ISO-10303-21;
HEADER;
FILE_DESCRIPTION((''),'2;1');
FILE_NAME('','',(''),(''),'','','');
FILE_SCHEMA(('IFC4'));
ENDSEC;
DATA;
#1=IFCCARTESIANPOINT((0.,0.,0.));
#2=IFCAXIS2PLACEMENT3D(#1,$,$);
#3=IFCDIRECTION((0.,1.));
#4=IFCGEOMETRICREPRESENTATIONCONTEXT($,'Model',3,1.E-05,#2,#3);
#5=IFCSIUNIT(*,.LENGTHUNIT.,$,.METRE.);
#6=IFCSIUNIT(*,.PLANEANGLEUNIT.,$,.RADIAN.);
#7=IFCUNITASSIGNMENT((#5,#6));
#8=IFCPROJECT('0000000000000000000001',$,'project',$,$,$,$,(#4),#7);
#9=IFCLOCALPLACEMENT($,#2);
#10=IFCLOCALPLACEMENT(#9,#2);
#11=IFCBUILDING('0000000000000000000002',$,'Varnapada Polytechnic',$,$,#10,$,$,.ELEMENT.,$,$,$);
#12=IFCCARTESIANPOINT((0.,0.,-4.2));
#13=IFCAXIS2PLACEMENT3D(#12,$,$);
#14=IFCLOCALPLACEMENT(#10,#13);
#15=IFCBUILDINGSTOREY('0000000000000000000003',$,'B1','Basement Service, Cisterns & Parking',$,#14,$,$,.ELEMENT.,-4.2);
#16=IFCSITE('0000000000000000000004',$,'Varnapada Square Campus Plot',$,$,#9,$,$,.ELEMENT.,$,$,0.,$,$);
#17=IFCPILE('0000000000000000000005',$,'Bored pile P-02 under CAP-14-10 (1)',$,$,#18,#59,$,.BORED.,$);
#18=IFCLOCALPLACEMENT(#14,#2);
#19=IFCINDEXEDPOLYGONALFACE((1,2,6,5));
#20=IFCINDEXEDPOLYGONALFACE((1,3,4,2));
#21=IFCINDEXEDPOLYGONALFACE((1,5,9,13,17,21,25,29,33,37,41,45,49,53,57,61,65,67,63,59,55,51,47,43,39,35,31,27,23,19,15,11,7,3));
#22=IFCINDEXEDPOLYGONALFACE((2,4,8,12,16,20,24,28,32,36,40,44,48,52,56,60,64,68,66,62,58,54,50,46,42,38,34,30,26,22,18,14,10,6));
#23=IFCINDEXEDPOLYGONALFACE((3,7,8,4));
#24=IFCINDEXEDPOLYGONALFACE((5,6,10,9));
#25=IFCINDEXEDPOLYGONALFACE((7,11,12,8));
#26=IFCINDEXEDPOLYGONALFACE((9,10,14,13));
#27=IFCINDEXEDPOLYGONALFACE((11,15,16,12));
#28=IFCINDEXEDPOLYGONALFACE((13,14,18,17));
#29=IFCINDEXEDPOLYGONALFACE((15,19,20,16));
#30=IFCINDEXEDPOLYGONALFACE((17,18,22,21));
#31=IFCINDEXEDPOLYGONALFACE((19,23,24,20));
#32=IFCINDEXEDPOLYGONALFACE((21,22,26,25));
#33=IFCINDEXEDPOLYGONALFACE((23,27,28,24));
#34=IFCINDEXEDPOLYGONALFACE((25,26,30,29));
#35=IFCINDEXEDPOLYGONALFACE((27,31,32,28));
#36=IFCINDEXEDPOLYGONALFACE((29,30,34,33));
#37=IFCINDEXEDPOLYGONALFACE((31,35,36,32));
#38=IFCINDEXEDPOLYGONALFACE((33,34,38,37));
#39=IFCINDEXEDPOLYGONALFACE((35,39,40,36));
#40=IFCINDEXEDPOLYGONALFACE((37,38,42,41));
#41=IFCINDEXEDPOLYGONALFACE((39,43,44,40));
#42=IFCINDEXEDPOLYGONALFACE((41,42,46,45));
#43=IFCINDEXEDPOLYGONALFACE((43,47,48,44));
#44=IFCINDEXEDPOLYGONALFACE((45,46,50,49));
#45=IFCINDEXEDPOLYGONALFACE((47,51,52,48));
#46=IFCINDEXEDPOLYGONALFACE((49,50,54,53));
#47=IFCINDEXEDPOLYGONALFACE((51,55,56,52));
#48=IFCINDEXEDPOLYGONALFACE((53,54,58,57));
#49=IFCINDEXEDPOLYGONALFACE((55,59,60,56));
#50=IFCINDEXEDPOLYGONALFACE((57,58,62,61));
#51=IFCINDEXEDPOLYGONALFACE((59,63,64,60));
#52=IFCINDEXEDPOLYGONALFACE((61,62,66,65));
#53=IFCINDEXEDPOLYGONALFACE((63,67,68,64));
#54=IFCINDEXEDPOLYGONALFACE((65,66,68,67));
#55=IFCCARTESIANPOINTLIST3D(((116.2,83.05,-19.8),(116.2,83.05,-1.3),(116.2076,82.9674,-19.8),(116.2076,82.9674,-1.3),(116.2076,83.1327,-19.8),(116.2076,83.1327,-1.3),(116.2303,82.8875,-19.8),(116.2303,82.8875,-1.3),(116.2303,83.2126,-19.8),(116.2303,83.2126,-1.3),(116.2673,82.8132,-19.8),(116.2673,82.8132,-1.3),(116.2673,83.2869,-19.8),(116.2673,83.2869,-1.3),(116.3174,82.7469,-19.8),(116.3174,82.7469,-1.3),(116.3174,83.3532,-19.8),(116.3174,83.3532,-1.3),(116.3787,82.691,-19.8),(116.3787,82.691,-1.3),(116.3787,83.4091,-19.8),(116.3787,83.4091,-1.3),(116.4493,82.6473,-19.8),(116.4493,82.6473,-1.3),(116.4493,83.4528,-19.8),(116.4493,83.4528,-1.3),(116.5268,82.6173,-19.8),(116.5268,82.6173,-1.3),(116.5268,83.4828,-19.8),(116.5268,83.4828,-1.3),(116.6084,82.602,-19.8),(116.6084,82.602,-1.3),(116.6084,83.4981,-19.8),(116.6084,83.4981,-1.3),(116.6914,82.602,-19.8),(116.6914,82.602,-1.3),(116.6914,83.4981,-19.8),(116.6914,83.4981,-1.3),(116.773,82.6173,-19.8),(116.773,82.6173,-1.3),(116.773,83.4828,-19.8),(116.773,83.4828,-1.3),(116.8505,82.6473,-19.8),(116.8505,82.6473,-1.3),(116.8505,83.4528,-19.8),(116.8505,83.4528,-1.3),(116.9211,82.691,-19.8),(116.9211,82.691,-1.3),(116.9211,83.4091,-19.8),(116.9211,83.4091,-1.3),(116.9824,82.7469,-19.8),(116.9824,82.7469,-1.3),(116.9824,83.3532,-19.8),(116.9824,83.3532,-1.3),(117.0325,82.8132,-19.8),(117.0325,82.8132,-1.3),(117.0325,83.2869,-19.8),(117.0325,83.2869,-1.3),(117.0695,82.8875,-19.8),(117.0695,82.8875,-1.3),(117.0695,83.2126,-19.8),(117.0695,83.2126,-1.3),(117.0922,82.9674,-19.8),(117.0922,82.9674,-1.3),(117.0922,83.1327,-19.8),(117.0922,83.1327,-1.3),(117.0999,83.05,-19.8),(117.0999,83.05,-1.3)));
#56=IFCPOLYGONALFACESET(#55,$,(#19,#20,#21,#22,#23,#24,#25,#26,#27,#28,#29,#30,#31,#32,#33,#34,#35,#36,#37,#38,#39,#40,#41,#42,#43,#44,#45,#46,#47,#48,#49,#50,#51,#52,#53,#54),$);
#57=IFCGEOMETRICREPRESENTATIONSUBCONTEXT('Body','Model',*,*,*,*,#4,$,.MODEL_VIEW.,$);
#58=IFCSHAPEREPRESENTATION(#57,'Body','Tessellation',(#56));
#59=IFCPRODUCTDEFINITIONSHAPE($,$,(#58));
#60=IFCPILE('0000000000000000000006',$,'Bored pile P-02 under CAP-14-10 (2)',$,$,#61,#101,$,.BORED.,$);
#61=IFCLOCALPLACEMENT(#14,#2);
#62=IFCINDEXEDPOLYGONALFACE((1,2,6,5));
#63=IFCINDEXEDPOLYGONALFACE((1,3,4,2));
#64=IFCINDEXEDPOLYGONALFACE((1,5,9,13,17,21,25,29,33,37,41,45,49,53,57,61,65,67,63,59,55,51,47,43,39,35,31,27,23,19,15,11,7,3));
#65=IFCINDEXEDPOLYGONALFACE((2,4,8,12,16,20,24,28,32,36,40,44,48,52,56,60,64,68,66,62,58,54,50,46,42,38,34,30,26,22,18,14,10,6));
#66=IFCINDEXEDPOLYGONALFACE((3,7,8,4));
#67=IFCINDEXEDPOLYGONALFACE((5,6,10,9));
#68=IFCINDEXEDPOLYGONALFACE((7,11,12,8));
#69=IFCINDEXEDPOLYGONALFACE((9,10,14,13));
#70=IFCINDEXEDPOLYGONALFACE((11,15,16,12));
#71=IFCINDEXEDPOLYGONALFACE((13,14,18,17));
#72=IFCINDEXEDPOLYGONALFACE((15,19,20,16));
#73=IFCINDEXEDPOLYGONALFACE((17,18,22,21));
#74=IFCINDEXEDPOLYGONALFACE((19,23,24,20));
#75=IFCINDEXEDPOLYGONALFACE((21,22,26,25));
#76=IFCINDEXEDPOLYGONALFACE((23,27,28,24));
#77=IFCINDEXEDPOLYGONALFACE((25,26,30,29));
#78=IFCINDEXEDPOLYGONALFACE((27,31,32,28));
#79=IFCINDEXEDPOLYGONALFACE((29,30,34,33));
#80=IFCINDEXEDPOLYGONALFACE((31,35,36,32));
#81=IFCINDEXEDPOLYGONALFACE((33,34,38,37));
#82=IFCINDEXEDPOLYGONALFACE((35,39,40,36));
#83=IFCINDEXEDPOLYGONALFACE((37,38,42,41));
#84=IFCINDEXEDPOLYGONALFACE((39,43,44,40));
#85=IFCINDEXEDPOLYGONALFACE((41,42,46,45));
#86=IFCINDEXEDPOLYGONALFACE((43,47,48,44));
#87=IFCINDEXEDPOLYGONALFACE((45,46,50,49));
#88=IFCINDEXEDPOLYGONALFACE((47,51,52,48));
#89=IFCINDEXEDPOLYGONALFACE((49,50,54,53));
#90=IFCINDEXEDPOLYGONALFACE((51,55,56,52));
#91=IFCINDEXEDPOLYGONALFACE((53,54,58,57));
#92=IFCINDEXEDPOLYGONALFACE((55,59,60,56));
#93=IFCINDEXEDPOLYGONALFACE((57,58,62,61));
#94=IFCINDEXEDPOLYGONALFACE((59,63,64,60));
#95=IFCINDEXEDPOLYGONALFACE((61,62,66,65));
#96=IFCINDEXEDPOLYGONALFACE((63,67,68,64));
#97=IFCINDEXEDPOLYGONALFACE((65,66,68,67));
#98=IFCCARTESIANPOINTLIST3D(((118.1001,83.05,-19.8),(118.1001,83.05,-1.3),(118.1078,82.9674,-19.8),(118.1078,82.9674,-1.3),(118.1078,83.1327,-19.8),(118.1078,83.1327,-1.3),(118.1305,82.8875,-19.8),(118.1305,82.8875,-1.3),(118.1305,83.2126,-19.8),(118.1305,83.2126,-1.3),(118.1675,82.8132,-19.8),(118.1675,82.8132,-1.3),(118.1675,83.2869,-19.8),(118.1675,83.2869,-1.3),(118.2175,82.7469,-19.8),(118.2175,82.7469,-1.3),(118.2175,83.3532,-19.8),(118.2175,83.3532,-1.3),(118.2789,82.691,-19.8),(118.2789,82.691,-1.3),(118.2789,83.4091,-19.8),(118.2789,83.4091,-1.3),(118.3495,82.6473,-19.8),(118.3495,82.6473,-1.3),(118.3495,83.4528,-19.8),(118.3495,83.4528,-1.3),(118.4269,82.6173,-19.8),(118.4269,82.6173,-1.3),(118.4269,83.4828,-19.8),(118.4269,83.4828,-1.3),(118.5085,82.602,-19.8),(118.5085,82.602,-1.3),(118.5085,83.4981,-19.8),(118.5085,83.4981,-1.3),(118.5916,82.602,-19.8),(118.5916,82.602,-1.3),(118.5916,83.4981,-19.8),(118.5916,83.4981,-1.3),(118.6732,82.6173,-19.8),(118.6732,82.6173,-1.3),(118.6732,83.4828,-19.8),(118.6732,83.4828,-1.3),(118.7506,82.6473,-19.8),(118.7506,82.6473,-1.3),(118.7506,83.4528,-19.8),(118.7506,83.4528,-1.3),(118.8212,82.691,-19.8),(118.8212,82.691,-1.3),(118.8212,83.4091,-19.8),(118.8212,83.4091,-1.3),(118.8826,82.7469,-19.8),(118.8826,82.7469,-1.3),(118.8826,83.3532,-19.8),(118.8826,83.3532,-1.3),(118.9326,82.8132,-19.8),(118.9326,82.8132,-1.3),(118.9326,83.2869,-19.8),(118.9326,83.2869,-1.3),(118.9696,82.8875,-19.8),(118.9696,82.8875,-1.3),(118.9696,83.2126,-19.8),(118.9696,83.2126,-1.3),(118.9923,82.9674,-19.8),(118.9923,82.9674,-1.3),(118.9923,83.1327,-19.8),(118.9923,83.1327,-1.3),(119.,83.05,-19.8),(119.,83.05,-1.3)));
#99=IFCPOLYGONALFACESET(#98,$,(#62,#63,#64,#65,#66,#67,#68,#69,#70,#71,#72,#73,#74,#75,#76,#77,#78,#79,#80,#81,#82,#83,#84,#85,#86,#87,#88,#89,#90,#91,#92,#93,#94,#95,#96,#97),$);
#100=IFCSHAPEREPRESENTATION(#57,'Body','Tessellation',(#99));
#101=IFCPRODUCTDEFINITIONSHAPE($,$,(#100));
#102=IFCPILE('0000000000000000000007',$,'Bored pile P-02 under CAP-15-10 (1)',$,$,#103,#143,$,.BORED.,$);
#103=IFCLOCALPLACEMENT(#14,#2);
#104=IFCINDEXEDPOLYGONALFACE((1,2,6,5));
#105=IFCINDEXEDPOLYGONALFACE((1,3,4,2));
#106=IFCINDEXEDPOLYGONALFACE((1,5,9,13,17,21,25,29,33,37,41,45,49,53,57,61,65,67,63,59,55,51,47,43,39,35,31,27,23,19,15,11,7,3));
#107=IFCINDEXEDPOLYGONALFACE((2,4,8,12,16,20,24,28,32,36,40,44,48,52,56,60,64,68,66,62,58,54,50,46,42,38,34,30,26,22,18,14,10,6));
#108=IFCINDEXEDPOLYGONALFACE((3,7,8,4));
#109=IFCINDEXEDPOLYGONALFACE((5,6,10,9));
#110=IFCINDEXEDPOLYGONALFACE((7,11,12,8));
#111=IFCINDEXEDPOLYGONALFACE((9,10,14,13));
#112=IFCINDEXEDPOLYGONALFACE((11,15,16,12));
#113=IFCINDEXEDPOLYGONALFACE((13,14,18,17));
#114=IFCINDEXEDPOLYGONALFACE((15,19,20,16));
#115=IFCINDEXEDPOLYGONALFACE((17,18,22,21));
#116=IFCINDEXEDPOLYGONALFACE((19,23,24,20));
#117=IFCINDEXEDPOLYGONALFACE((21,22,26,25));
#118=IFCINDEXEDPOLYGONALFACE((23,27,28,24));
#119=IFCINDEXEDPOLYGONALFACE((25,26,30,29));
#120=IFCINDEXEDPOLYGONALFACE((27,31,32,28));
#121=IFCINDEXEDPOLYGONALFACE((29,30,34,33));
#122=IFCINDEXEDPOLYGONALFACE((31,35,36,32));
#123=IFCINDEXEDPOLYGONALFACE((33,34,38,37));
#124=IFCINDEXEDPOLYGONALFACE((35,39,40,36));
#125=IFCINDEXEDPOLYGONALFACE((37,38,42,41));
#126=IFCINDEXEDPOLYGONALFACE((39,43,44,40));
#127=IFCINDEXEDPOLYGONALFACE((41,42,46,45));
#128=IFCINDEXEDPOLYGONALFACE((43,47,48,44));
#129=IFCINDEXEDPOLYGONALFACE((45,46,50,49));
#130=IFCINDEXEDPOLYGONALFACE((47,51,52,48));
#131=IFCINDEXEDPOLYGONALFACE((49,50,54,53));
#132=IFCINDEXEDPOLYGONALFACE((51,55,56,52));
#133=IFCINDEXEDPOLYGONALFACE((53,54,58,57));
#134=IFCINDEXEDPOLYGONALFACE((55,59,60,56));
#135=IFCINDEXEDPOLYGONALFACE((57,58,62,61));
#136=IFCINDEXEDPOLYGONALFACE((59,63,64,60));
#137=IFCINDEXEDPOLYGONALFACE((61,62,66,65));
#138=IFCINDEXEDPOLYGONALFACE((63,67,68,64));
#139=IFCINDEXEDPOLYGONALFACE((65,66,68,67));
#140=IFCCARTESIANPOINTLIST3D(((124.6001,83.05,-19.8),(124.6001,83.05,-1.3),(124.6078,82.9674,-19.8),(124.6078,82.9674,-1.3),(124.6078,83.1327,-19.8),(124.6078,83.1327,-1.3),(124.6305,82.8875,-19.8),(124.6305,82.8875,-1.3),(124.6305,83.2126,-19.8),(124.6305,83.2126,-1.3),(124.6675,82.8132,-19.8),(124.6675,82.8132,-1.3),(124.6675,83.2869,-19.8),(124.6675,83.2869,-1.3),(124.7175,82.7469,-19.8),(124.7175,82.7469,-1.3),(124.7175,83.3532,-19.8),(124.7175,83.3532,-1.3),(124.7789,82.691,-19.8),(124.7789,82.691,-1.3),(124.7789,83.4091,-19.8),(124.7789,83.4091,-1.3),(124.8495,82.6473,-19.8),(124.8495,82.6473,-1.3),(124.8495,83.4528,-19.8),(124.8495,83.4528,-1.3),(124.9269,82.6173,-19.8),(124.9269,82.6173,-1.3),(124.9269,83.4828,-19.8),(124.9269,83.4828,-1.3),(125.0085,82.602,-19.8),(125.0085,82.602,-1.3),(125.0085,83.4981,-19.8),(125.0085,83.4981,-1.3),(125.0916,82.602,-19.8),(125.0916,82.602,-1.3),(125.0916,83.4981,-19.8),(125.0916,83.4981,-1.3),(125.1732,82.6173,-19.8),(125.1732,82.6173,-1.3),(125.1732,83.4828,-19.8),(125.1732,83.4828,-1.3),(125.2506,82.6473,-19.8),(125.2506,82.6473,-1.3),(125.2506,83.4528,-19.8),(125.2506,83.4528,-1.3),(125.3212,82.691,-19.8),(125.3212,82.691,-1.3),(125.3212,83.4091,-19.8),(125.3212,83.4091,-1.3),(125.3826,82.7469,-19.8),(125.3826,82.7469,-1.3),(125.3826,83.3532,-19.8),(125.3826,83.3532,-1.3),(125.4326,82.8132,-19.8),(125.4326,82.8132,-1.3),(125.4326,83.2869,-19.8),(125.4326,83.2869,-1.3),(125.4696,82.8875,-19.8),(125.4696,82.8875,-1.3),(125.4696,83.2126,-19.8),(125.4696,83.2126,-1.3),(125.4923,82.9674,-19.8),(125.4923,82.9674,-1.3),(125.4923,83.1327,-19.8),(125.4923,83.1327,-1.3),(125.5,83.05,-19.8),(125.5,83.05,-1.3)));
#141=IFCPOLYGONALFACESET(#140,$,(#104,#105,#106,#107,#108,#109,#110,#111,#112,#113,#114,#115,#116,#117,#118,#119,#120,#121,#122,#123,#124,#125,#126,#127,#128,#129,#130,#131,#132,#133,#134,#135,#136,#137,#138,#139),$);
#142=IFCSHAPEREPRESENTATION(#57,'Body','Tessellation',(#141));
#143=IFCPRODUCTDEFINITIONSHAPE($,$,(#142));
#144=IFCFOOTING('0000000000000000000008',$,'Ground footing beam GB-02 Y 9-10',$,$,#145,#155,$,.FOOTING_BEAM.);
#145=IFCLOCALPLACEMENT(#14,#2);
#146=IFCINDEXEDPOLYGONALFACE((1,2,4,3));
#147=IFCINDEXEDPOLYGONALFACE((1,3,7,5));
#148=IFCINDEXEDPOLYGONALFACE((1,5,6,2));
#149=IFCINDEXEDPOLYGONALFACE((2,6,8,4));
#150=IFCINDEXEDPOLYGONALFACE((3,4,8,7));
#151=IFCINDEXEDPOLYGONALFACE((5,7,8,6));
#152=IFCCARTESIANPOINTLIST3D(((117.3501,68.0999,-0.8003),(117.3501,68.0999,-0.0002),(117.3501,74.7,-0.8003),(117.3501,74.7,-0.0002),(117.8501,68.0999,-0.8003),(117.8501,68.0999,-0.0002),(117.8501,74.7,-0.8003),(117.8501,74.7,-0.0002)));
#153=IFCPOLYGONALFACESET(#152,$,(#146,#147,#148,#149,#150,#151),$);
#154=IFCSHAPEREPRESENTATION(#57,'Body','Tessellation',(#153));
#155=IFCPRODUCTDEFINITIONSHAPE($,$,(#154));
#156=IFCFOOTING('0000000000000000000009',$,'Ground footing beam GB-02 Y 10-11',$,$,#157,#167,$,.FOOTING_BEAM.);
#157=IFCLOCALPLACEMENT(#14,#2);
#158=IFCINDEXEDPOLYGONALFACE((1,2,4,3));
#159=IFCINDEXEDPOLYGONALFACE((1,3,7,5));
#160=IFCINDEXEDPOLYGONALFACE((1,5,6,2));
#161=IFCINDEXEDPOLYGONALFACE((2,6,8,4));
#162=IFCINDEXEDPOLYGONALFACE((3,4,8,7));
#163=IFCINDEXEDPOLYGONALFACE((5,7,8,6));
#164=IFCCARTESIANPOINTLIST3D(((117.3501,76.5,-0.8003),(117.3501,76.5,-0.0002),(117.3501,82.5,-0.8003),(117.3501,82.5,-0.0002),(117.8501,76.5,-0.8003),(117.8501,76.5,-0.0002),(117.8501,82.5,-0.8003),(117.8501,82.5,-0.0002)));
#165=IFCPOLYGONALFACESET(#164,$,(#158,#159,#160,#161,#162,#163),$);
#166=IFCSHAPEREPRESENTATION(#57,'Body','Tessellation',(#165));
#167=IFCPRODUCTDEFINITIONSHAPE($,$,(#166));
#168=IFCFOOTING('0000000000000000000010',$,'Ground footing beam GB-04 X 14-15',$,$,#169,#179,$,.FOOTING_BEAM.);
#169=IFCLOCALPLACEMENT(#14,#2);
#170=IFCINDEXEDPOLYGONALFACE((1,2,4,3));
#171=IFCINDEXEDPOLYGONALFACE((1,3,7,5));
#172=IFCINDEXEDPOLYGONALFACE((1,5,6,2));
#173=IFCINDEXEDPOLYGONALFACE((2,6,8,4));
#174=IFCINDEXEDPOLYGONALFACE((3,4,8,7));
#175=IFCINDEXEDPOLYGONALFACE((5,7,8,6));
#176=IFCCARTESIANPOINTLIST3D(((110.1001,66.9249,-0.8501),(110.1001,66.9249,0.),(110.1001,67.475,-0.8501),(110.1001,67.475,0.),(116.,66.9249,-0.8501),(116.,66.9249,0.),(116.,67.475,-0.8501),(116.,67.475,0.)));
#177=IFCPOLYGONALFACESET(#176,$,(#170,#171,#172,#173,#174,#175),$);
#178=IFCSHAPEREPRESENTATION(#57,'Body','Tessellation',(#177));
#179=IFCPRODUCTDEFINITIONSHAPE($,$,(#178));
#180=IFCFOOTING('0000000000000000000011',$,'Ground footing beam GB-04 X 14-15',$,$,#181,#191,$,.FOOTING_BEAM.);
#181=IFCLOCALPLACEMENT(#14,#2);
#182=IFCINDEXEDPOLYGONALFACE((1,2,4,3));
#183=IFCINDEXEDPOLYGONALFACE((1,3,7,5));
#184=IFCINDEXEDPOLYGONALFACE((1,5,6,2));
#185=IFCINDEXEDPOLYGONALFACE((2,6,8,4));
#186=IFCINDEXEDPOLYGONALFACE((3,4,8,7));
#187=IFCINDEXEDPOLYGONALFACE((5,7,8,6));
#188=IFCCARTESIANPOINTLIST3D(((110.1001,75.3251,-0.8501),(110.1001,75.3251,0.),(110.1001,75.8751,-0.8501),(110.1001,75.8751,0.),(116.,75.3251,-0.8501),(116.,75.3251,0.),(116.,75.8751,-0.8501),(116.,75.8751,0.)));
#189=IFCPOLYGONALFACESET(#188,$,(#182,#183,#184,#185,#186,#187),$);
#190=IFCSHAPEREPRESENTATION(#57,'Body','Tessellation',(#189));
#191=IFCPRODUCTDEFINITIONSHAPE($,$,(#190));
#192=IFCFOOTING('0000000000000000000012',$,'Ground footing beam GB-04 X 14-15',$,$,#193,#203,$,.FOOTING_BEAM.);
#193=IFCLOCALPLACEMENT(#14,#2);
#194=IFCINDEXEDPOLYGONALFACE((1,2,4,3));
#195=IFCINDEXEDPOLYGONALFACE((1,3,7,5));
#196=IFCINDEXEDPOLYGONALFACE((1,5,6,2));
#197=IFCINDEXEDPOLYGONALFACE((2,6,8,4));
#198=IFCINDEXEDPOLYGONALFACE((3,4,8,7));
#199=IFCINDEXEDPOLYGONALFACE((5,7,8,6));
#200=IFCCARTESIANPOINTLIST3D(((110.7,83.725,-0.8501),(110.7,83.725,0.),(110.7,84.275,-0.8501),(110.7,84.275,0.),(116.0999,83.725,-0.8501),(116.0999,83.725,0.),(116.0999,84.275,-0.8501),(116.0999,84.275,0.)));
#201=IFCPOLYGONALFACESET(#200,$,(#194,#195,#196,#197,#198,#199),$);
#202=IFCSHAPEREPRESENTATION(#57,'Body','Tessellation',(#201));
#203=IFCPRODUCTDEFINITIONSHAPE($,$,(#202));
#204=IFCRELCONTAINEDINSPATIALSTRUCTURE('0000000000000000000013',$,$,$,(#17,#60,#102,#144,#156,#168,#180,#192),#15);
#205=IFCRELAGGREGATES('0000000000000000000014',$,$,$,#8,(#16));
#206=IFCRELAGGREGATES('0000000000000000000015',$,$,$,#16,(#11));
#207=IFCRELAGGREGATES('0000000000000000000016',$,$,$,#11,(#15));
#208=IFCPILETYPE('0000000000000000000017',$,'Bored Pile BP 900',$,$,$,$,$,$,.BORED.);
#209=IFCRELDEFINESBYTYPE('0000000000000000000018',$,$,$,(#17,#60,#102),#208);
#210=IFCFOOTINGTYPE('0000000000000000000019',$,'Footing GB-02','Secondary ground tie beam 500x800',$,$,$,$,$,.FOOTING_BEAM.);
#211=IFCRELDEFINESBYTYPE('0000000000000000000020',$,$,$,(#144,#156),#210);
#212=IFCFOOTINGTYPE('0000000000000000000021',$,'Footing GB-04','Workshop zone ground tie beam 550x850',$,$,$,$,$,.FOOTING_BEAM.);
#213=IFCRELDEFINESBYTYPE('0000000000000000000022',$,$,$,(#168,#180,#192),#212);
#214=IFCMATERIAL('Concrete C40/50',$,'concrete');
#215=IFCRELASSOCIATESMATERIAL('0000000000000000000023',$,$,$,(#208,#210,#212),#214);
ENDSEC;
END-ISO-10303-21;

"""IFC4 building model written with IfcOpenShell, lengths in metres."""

from ifc_helpers import new_model, si_unit, direction, frame, origin, origin_2d, place, context, subcontext, project, spatial, rectangle, circle, extrude, material, material_profile, profile_set, type_object, element, save


model = new_model("IFC4")

# Units and contexts
model_context = context("Model", 3, precision=1e-05, world=origin(), true_north=direction((0.0, 1.0)))
body_context = subcontext(model_context, "Body", "Model", "MODEL_VIEW")
ifc_project = project(units=[si_unit("LENGTHUNIT", "METRE"), si_unit("PLANEANGLEUNIT", "RADIAN")], contexts=[model_context])

# Site, building, storey
site_placement = place(None, origin())
site = spatial("IfcSite", under=ifc_project, at=site_placement, Name="Varnapada Square Campus Plot", CompositionType="ELEMENT", RefElevation=0.0)
building_placement = place(site_placement, origin())
building = spatial("IfcBuilding", under=site, at=building_placement, Name="Varnapada Polytechnic", CompositionType="ELEMENT")
storey_placement = place(building_placement, frame((0.0, 0.0, -4.2)))
storey = spatial("IfcBuildingStorey", under=building, at=storey_placement, Name="B1", Description="Basement Service, Cisterns & Parking", CompositionType="ELEMENT", Elevation=-4.2)

# Piles
ifc_material = material(Name="Concrete C40/50", Category="concrete")
ifc_material_profile_1 = material_profile(ifc_material, circle(Radius=0.45, at=origin_2d()), Name="BP 900")
ifc_profile_set_1 = profile_set([ifc_material_profile_1], Name="Concrete C40/50")
pile_type_1 = type_object("IfcPileType", Name="Bored Pile BP 900", PredefinedType="BORED", material=ifc_profile_set_1)
for number, where, z_axis, x_axis, name in (
    (1, (116.6499, 83.05, -1.3), (0.0, 0.0, -1.0), (1.0, 0.0, 0.0), "Bored pile P-02 under CAP-14-10 (1)"),
    (2, (118.55, 83.05, -1.3), (0.0, 0.0, -1.0), (1.0, 0.0, 0.0), "Bored pile P-02 under CAP-14-10 (2)"),
    (3, (125.05, 83.05, -1.3), (0.0, 0.0, -1.0), (1.0, 0.0, 0.0), "Bored pile P-02 under CAP-15-10 (1)"),
):
    element("IfcPile", number, at=place(storey_placement, frame(where, z_axis=z_axis, x_axis=x_axis)), inside=storey, type_object=pile_type_1, Name=name, PredefinedType="BORED", context=body_context, shape_type="SweptSolid", body=[
        extrude(circle(Radius=0.45, at=origin_2d()), origin(), (0.0, 0.0, 1.0), 18.5),
    ])

# Footings
footing_type_1 = type_object("IfcFootingType", Name="Footing GB-02", Description="Secondary ground tie beam 500x800", PredefinedType="FOOTING_BEAM", material=ifc_material)
footing_1_placement = place(storey_placement, frame((117.6001, 71.3999, -0.8003), z_axis=(0.0, 0.0, 1.0), x_axis=(0.0, 1.0, 0.0)))
element("IfcFooting", 4, at=footing_1_placement, inside=storey, type_object=footing_type_1, Name="Ground footing beam GB-02 Y 9-10", PredefinedType="FOOTING_BEAM", context=body_context, shape_type="SweptSolid", body=[
    extrude(rectangle(XDim=6.6001, YDim=0.5, at=origin_2d()), origin(), (0.0, 0.0, 1.0), 0.8),
])
footing_2_placement = place(storey_placement, frame((117.6001, 79.5, -0.8003), z_axis=(0.0, 0.0, 1.0), x_axis=(0.0, 1.0, 0.0)))
element("IfcFooting", 5, at=footing_2_placement, inside=storey, type_object=footing_type_1, Name="Ground footing beam GB-02 Y 10-11", PredefinedType="FOOTING_BEAM", context=body_context, shape_type="SweptSolid", body=[
    extrude(rectangle(XDim=6.0, YDim=0.5, at=origin_2d()), origin(), (0.0, 0.0, 1.0), 0.8),
])
footing_type_2 = type_object("IfcFootingType", Name="Footing GB-04", Description="Workshop zone ground tie beam 550x850", PredefinedType="FOOTING_BEAM", material=ifc_material)
for number, where, z_axis, x_axis, name in (
    (6, (113.05, 67.2, -0.8501), (0.0, 0.0, 1.0), (1.0, 0.0, 0.0), "Ground footing beam GB-04 X 14-15"),
    (7, (113.05, 75.6001, -0.8501), (0.0, 0.0, 1.0), (1.0, 0.0, 0.0), "Ground footing beam GB-04 X 14-15"),
):
    element("IfcFooting", number, at=place(storey_placement, frame(where, z_axis=z_axis, x_axis=x_axis)), inside=storey, type_object=footing_type_2, Name=name, PredefinedType="FOOTING_BEAM", context=body_context, shape_type="SweptSolid", body=[
        extrude(rectangle(XDim=5.8999, YDim=0.55, at=origin_2d()), origin(), (0.0, 0.0, 1.0), 0.8501),
    ])
footing_3_placement = place(storey_placement, frame((113.3999, 84.0, -0.8501), z_axis=(0.0, 0.0, 1.0), x_axis=(1.0, 0.0, 0.0)))
element("IfcFooting", 8, at=footing_3_placement, inside=storey, type_object=footing_type_2, Name="Ground footing beam GB-04 X 14-15", PredefinedType="FOOTING_BEAM", context=body_context, shape_type="SweptSolid", body=[
    extrude(rectangle(XDim=5.3999, YDim=0.55, at=origin_2d()), origin(), (0.0, 0.0, 1.0), 0.8501),
])

save(model, "model.ifc")
